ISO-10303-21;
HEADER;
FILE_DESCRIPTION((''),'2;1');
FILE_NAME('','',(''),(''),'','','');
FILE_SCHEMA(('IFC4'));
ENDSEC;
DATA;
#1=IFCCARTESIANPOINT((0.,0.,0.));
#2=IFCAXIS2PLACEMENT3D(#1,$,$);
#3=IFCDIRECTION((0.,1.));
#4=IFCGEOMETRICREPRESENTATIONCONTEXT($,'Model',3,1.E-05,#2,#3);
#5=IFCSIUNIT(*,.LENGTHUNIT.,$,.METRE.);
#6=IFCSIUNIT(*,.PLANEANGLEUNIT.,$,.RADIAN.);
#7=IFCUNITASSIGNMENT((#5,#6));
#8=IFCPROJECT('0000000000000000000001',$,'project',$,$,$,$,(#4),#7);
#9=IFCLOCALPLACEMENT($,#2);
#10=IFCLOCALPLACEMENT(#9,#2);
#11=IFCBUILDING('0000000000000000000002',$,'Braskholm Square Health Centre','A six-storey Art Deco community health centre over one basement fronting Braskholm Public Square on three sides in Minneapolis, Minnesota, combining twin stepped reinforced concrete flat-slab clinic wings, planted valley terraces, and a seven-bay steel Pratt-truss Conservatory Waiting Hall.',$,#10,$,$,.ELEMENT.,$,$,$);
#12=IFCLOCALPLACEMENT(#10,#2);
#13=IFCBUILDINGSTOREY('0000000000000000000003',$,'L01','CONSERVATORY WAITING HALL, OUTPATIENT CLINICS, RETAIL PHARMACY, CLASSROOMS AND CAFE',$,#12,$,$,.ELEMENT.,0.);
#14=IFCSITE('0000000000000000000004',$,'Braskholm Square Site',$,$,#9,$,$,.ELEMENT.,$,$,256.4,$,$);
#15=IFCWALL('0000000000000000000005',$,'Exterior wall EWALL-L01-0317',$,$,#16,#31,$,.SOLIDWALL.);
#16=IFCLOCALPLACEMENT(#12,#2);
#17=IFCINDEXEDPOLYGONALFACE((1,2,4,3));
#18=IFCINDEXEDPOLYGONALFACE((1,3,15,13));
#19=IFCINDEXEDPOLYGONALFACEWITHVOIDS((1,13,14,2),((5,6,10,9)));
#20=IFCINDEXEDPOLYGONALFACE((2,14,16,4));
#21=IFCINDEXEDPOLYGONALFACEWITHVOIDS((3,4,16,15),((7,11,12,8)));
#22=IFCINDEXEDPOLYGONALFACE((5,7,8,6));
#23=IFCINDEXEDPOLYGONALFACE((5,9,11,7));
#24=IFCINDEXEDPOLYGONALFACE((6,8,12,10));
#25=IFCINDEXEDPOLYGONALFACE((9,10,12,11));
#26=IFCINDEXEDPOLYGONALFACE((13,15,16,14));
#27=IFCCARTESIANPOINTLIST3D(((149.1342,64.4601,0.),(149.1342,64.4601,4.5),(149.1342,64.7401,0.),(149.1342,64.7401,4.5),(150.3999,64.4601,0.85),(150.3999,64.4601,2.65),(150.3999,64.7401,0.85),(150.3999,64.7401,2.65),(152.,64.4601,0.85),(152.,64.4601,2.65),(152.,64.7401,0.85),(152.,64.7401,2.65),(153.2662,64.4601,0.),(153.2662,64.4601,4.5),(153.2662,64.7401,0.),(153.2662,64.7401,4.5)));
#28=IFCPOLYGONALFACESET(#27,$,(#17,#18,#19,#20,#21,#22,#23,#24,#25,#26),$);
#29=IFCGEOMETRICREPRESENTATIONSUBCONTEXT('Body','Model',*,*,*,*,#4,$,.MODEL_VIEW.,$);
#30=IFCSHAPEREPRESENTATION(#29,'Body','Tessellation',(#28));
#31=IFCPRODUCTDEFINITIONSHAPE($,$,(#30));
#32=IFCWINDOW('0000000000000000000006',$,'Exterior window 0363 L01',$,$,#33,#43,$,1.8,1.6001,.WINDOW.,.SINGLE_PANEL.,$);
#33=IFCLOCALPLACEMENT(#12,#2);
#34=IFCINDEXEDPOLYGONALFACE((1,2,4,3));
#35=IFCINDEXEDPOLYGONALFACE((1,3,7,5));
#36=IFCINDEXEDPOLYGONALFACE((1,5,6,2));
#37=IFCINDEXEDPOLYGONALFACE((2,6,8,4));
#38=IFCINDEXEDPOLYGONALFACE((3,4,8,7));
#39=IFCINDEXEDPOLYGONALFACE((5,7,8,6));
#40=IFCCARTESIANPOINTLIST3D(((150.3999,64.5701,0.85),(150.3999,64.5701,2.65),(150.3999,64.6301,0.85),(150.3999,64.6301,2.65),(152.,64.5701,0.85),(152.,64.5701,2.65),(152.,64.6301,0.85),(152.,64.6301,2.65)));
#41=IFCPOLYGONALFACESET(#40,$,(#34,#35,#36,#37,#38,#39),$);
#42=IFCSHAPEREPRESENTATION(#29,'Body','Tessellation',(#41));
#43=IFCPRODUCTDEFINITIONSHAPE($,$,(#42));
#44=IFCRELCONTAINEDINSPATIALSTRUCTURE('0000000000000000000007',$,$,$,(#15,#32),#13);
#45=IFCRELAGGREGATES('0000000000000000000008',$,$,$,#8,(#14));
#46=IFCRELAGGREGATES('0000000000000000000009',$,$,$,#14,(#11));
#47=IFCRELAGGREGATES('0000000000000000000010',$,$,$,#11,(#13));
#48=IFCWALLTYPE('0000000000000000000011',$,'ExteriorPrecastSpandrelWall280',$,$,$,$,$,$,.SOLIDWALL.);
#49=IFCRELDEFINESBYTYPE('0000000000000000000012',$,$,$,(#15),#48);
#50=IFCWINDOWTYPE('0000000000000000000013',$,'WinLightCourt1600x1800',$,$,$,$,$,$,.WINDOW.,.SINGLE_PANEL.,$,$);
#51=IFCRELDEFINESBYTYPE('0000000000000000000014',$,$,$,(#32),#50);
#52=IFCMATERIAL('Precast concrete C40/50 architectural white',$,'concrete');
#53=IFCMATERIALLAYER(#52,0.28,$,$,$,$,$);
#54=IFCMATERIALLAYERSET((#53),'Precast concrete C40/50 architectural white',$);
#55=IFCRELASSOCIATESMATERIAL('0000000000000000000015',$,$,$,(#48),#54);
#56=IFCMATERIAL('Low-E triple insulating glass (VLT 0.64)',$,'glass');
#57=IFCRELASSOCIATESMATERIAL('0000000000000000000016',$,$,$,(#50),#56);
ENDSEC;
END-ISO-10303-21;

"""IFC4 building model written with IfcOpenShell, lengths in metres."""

from ifc_helpers import new_model, si_unit, direction, frame, frame_2d, origin, origin_with_axes, place, context, subcontext, project, spatial, rectangle, extrude, material, layer, layer_set, type_object, element, fill, save


model = new_model("IFC4")

# Units and contexts
model_context = context("Model", 3, precision=1e-05, world=origin(), true_north=direction((0.0, 1.0)))
body_context = subcontext(model_context, "Body", "Model", "MODEL_VIEW")
ifc_project = project(units=[si_unit("LENGTHUNIT", "METRE"), si_unit("PLANEANGLEUNIT", "RADIAN")], contexts=[model_context])

# Site, building, storey
site_placement = place(None, origin())
site = spatial("IfcSite", under=ifc_project, at=site_placement, Name="Braskholm Square Site", CompositionType="ELEMENT", RefElevation=256.4)
building_placement = place(site_placement, origin())
building = spatial("IfcBuilding", under=site, at=building_placement, Name="Braskholm Square Health Centre", Description="A six-storey Art Deco community health centre over one basement fronting Braskholm Public Square on three sides in Minneapolis, Minnesota, combining twin stepped reinforced concrete flat-slab clinic wings, planted valley terraces, and a seven-bay steel Pratt-truss Conservatory Waiting Hall.", CompositionType="ELEMENT")
storey_placement = place(building_placement, origin())
storey = spatial("IfcBuildingStorey", under=building, at=storey_placement, Name="L01", Description="CONSERVATORY WAITING HALL, OUTPATIENT CLINICS, RETAIL PHARMACY, CLASSROOMS AND CAFE", CompositionType="ELEMENT", Elevation=0.0)

# Shared definitions
ifc_material_1 = material(Name="Low-E triple insulating glass (VLT 0.64)", Category="glass")

# Wall, opening, window
ifc_material_2 = material(Name="Precast concrete C40/50 architectural white", Category="concrete")
ifc_layer = layer(ifc_material_2, 0.28)
ifc_layer_set = layer_set([ifc_layer], Name="Precast concrete C40/50 architectural white")
wall_type = type_object("IfcWallType", Name="ExteriorPrecastSpandrelWall280", PredefinedType="SOLIDWALL", material=ifc_layer_set)
wall_placement = place(storey_placement, frame((153.2661, 64.6001, 0.0), z_axis=(0.0, 0.0, 1.0), x_axis=(-1.0, 0.0, 0.0)))
wall = element("IfcWall", 1, at=wall_placement, inside=storey, type_object=wall_type, Name="Exterior wall EWALL-L01-0317", PredefinedType="SOLIDWALL", context=body_context, shape_type="SweptSolid", body=[
    extrude(rectangle(XDim=4.1321, YDim=0.28, at=frame_2d((2.0659, 0.0))), origin(), (0.0, 0.0, 1.0), 4.5),
])
opening_placement = place(wall_placement, frame((1.2661, 0.0, 0.8501)))
opening = element("IfcOpeningElement", 2, at=opening_placement, cuts=wall, PredefinedType="OPENING", context=body_context, shape_type="SweptSolid", body=[
    extrude(rectangle(XDim=1.6001, YDim=1.8, at=frame_2d((0.8, 0.8999))), frame((0.0, 0.1499, 0.0), z_axis=(0.0, -1.0, 0.0), x_axis=(1.0, 0.0, 0.0)), (0.0, 0.0, 1.0), 0.3),
])
window_type = type_object("IfcWindowType", Name="WinLightCourt1600x1800", PartitioningType="SINGLE_PANEL", PredefinedType="WINDOW", material=ifc_material_1)
window_placement = place(opening_placement, origin_with_axes())
window = element("IfcWindow", 3, at=window_placement, inside=storey, type_object=window_type, Name="Exterior window 0363 L01", OverallHeight=1.8, OverallWidth=1.6001, PartitioningType="SINGLE_PANEL", PredefinedType="WINDOW", context=body_context, shape_type="SweptSolid", body=[
    extrude(rectangle(XDim=1.6001, YDim=1.8, at=frame_2d((0.8, 0.8999))), frame((0.0, 0.03, 0.0), z_axis=(0.0, -1.0, 0.0), x_axis=(1.0, 0.0, 0.0)), (0.0, 0.0, 1.0), 0.0601),
])
fill(opening, window)

save(model, "model.ifc")
